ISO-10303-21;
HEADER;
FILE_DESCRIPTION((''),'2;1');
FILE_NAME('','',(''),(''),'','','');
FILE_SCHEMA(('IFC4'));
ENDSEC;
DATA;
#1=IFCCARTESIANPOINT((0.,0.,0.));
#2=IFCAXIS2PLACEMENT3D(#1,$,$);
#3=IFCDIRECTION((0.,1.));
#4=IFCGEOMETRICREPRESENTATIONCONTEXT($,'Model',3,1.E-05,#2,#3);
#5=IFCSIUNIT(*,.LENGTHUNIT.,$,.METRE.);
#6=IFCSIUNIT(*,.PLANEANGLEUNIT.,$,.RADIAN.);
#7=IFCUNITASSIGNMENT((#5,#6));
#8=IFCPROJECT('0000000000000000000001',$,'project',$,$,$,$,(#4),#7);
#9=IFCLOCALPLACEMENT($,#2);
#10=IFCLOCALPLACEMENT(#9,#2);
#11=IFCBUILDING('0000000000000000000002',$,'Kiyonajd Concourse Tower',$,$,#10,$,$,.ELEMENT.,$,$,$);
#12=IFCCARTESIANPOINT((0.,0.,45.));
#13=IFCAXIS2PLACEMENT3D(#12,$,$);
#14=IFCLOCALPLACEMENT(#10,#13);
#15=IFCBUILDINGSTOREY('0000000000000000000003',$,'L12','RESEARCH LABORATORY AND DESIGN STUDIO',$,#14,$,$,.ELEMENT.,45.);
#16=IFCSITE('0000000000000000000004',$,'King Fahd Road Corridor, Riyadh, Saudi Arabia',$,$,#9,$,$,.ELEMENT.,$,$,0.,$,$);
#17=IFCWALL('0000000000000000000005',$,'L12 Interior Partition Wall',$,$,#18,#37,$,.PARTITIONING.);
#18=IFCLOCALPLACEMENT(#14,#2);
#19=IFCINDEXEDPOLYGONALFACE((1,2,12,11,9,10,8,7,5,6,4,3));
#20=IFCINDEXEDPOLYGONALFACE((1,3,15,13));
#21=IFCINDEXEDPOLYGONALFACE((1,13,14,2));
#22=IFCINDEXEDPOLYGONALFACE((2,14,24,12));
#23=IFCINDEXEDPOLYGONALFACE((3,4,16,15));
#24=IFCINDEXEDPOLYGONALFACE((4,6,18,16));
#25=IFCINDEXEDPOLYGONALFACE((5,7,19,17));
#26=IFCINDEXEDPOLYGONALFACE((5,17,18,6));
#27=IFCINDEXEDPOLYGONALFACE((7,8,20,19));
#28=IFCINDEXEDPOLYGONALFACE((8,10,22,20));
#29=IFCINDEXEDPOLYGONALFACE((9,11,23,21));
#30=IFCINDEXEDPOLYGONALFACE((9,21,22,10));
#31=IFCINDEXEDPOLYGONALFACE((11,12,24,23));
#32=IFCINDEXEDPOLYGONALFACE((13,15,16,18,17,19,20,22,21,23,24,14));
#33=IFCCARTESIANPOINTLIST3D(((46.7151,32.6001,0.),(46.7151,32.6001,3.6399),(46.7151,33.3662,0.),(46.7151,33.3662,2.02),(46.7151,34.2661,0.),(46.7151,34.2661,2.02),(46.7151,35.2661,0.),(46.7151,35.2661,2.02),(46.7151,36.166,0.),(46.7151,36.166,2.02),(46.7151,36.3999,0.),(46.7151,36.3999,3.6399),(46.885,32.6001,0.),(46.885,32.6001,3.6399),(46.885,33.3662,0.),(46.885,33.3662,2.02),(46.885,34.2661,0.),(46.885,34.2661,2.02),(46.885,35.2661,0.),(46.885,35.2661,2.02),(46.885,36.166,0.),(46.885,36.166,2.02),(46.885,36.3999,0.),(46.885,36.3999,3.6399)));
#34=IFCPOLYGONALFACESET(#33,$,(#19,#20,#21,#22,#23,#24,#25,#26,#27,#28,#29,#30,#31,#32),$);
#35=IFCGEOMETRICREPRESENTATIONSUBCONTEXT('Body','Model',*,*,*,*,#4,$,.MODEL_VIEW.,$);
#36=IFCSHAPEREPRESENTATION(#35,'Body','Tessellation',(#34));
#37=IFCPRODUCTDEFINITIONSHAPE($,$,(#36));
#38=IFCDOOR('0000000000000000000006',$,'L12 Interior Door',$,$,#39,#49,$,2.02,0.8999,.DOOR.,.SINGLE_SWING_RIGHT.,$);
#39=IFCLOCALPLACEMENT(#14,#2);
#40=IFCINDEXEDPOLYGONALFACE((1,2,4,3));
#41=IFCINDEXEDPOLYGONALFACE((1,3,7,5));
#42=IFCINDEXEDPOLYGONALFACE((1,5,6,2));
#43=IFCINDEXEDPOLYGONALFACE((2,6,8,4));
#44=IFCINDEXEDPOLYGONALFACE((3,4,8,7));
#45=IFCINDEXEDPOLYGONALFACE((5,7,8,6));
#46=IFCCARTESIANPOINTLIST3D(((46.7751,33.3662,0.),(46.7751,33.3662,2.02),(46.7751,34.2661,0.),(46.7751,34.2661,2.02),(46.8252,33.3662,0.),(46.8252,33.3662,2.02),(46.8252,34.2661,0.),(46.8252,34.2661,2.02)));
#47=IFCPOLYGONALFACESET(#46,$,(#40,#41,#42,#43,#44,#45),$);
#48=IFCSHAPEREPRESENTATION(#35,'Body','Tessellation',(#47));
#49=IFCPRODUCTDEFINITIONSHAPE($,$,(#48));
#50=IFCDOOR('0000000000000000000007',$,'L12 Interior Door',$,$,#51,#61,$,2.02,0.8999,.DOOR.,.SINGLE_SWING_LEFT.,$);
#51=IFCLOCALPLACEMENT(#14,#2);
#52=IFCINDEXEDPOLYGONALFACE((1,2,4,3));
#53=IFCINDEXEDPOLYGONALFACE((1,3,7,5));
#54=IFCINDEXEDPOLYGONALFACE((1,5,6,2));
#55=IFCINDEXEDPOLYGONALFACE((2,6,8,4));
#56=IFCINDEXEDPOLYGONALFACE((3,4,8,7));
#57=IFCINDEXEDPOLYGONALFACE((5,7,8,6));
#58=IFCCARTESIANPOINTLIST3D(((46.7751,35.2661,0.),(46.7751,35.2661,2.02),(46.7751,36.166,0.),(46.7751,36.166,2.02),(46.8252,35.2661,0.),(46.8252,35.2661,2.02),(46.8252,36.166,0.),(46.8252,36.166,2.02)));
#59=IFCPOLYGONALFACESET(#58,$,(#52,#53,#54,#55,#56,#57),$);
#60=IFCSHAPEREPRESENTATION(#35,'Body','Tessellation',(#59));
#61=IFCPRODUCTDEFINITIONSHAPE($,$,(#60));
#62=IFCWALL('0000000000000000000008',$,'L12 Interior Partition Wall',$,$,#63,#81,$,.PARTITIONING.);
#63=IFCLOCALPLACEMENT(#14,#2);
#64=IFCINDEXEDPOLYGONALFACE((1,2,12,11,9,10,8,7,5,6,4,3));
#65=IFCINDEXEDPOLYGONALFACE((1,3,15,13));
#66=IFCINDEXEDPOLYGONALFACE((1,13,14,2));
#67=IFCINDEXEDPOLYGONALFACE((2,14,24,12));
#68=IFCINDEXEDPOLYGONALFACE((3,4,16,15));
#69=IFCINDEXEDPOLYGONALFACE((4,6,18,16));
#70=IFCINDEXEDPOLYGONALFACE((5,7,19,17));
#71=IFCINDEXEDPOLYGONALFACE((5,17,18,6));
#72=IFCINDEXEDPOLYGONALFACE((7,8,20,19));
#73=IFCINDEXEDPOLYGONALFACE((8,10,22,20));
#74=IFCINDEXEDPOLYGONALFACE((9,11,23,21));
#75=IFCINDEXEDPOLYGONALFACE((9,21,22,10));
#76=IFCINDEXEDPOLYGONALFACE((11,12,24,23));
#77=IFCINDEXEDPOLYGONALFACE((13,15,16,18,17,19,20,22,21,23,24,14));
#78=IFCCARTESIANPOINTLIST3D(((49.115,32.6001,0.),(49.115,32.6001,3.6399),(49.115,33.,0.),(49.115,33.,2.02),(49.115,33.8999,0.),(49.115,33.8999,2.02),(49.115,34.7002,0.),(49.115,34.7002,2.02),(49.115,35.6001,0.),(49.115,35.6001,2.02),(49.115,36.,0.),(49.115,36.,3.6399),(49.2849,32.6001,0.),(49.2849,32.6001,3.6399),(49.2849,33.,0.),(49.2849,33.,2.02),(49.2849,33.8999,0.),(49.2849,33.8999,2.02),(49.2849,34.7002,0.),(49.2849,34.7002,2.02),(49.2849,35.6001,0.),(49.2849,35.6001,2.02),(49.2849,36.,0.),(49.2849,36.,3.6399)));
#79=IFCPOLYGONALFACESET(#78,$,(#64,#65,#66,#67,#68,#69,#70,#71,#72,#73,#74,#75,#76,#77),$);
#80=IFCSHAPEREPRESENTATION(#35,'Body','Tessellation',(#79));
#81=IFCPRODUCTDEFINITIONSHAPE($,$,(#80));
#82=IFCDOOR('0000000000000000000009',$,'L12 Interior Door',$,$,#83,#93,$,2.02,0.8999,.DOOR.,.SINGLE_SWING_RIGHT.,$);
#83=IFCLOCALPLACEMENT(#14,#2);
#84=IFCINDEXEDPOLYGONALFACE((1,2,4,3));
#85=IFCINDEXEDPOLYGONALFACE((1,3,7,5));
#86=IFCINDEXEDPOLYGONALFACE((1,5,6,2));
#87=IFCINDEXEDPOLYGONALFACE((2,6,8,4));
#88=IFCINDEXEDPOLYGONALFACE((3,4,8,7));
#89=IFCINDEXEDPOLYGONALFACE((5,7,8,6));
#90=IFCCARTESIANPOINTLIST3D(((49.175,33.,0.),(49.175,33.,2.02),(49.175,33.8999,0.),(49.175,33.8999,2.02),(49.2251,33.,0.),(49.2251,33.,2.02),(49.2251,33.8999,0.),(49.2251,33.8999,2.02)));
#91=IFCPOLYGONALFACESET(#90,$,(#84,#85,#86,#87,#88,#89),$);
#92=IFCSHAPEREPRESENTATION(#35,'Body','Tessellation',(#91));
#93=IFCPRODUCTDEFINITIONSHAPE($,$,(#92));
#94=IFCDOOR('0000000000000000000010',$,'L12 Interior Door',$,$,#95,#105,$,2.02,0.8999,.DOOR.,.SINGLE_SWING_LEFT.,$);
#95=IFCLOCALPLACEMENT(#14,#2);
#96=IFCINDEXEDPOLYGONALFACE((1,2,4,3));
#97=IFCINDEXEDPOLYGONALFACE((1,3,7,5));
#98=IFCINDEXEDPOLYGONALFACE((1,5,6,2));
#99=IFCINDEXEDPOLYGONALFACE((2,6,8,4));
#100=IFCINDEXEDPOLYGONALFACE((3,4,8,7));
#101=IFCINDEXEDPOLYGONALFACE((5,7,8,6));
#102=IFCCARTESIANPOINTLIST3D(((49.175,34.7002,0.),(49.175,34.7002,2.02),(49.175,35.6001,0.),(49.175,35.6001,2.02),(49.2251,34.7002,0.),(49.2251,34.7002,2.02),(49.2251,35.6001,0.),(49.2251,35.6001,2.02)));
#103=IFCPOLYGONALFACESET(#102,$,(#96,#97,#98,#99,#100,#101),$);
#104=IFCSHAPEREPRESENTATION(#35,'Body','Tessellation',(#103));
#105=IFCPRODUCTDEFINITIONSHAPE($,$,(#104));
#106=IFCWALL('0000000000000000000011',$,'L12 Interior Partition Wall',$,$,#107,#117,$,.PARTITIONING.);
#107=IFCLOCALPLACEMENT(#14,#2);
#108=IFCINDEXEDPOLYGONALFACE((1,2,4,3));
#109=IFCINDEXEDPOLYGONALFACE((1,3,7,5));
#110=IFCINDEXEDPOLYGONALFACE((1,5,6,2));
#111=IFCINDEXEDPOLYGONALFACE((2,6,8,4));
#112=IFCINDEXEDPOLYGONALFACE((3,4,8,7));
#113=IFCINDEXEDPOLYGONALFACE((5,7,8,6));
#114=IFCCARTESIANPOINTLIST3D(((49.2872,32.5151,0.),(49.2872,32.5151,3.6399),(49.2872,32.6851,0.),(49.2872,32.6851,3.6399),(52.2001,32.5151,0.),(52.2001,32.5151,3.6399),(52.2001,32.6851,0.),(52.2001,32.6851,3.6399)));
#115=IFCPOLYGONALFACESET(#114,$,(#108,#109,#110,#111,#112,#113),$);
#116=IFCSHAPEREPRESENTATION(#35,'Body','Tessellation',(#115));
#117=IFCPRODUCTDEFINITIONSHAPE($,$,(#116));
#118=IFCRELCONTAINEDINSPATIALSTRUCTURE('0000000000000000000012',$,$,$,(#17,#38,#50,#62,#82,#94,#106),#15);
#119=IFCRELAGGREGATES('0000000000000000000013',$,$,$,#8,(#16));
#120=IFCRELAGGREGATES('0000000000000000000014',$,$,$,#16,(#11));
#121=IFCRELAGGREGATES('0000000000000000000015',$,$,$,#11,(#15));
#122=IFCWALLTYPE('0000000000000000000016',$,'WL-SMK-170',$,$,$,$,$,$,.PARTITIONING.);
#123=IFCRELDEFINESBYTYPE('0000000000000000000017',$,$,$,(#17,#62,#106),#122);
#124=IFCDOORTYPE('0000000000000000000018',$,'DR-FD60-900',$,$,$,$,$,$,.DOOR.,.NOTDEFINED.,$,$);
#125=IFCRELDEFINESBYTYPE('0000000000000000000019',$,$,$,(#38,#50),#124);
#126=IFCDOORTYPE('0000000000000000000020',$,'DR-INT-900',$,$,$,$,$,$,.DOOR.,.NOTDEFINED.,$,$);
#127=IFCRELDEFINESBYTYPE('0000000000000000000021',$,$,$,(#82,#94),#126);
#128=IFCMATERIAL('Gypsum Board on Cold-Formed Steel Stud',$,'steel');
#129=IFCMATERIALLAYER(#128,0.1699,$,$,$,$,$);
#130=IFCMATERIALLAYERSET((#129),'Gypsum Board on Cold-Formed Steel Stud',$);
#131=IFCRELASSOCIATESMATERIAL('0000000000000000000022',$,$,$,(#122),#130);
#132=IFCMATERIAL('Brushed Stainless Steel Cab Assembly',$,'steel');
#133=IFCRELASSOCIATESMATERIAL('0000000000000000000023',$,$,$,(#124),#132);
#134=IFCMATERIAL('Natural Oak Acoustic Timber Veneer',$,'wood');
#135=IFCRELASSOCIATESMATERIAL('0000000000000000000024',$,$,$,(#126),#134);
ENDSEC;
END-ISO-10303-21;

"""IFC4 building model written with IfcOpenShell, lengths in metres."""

from ifc_helpers import new_model, si_unit, direction, frame, frame_2d, origin, place, context, subcontext, project, spatial, rectangle, extrude, material, layer, layer_set, type_object, element, fill, save


model = new_model("IFC4")

# Units and contexts
model_context = context("Model", 3, precision=1e-05, world=origin(), true_north=direction((0.0, 1.0)))
body_context = subcontext(model_context, "Body", "Model", "MODEL_VIEW")
ifc_project = project(units=[si_unit("LENGTHUNIT", "METRE"), si_unit("PLANEANGLEUNIT", "RADIAN")], contexts=[model_context])

# Site, building, storey
site_placement = place(None, origin())
site = spatial("IfcSite", under=ifc_project, at=site_placement, Name="King Fahd Road Corridor, Riyadh, Saudi Arabia", CompositionType="ELEMENT", RefElevation=0.0)
building_placement = place(site_placement, origin())
building = spatial("IfcBuilding", under=site, at=building_placement, Name="Kiyonajd Concourse Tower", CompositionType="ELEMENT")
storey_placement = place(building_placement, frame((0.0, 0.0, 45.0)))
storey = spatial("IfcBuildingStorey", under=building, at=storey_placement, Name="L12", Description="RESEARCH LABORATORY AND DESIGN STUDIO", CompositionType="ELEMENT", Elevation=45.0)

# Shared definitions
ifc_material_1 = material(Name="Gypsum Board on Cold-Formed Steel Stud", Category="steel")

# Shared definitions
ifc_material_2 = material(Name="Brushed Stainless Steel Cab Assembly", Category="steel")

# Walls, openings, doors
ifc_layer_1 = layer(ifc_material_1, 0.1699)
ifc_layer_set_1 = layer_set([ifc_layer_1], Name="Gypsum Board on Cold-Formed Steel Stud")
wall_type_1 = type_object("IfcWallType", Name="WL-SMK-170", PredefinedType="PARTITIONING", material=ifc_layer_set_1)
wall_1_placement = place(storey_placement, frame((46.8, 32.6001, 0.0), z_axis=(0.0, 0.0, 1.0), x_axis=(0.0, 1.0, 0.0)))
wall_1 = element("IfcWall", 1, at=wall_1_placement, inside=storey, type_object=wall_type_1, Name="L12 Interior Partition Wall", PredefinedType="PARTITIONING", context=body_context, shape_type="SweptSolid", body=[
    extrude(rectangle(XDim=3.7998, YDim=0.1699, at=frame_2d((1.8999, 0.0))), origin(), (0.0, 0.0, 1.0), 3.6399),
])
opening_1_placement = place(wall_1_placement, frame((0.7661, 0.0, 0.0)))
opening_1 = element("IfcOpeningElement", 2, at=opening_1_placement, cuts=wall_1, PredefinedType="OPENING", context=body_context, shape_type="SweptSolid", body=[
    extrude(rectangle(XDim=0.8999, YDim=2.02, at=frame_2d((0.45, 1.01))), frame((0.0, 0.095, 0.0), z_axis=(0.0, -1.0, 0.0), x_axis=(1.0, 0.0, 0.0)), (0.0, 0.0, 1.0), 0.1899),
])
opening_2_placement = place(wall_1_placement, frame((2.666, 0.0, 0.0)))
opening_2 = element("IfcOpeningElement", 3, at=opening_2_placement, cuts=wall_1, PredefinedType="OPENING", context=body_context, shape_type="SweptSolid", body=[
    extrude(rectangle(XDim=0.8999, YDim=2.02, at=frame_2d((0.45, 1.01))), frame((0.0, 0.095, 0.0), z_axis=(0.0, -1.0, 0.0), x_axis=(1.0, 0.0, 0.0)), (0.0, 0.0, 1.0), 0.1899),
])
door_type_1 = type_object("IfcDoorType", Name="DR-FD60-900", OperationType="NOTDEFINED", PredefinedType="DOOR", material=ifc_material_2)
door_1_placement = place(opening_1_placement, origin())
door_1 = element("IfcDoor", 4, at=door_1_placement, inside=storey, type_object=door_type_1, Name="L12 Interior Door", OperationType="SINGLE_SWING_RIGHT", OverallHeight=2.02, OverallWidth=0.8999, PredefinedType="DOOR", context=body_context, shape_type="SweptSolid", body=[
    extrude(rectangle(XDim=0.8999, YDim=2.02, at=frame_2d((0.45, 1.01))), frame((0.0, 0.0249, 0.0), z_axis=(0.0, -1.0, 0.0), x_axis=(1.0, 0.0, 0.0)), (0.0, 0.0, 1.0), 0.05),
])
fill(opening_1, door_1)
door_2_placement = place(opening_2_placement, origin())
door_2 = element("IfcDoor", 5, at=door_2_placement, inside=storey, type_object=door_type_1, Name="L12 Interior Door", OperationType="SINGLE_SWING_LEFT", OverallHeight=2.02, OverallWidth=0.8999, PredefinedType="DOOR", context=body_context, shape_type="SweptSolid", body=[
    extrude(rectangle(XDim=0.8999, YDim=2.02, at=frame_2d((0.45, 1.01))), frame((0.0, 0.0249, 0.0), z_axis=(0.0, -1.0, 0.0), x_axis=(1.0, 0.0, 0.0)), (0.0, 0.0, 1.0), 0.05),
])
fill(opening_2, door_2)
wall_2_placement = place(storey_placement, frame((49.2, 32.6001, 0.0), z_axis=(0.0, 0.0, 1.0), x_axis=(0.0, 1.0, 0.0)))
wall_2 = element("IfcWall", 6, at=wall_2_placement, inside=storey, type_object=wall_type_1, Name="L12 Interior Partition Wall", PredefinedType="PARTITIONING", context=body_context, shape_type="SweptSolid", body=[
    extrude(rectangle(XDim=3.3999, YDim=0.1699, at=frame_2d((1.7, 0.0))), origin(), (0.0, 0.0, 1.0), 3.6399),
])
opening_3_placement = place(wall_2_placement, frame((0.3999, 0.0, 0.0)))
opening_3 = element("IfcOpeningElement", 7, at=opening_3_placement, cuts=wall_2, PredefinedType="OPENING", context=body_context, shape_type="SweptSolid", body=[
    extrude(rectangle(XDim=0.8999, YDim=2.02, at=frame_2d((0.45, 1.01))), frame((0.0, 0.095, 0.0), z_axis=(0.0, -1.0, 0.0), x_axis=(1.0, 0.0, 0.0)), (0.0, 0.0, 1.0), 0.1899),
])
opening_4_placement = place(wall_2_placement, frame((2.1001, 0.0, 0.0)))
opening_4 = element("IfcOpeningElement", 8, at=opening_4_placement, cuts=wall_2, PredefinedType="OPENING", context=body_context, shape_type="SweptSolid", body=[
    extrude(rectangle(XDim=0.8999, YDim=2.02, at=frame_2d((0.45, 1.01))), frame((0.0, 0.095, 0.0), z_axis=(0.0, -1.0, 0.0), x_axis=(1.0, 0.0, 0.0)), (0.0, 0.0, 1.0), 0.1899),
])
ifc_material_3 = material(Name="Natural Oak Acoustic Timber Veneer", Category="wood")
door_type_2 = type_object("IfcDoorType", Name="DR-INT-900", OperationType="NOTDEFINED", PredefinedType="DOOR", material=ifc_material_3)
door_3_placement = place(opening_3_placement, origin())
door_3 = element("IfcDoor", 9, at=door_3_placement, inside=storey, type_object=door_type_2, Name="L12 Interior Door", OperationType="SINGLE_SWING_RIGHT", OverallHeight=2.02, OverallWidth=0.8999, PredefinedType="DOOR", context=body_context, shape_type="SweptSolid", body=[
    extrude(rectangle(XDim=0.8999, YDim=2.02, at=frame_2d((0.45, 1.01))), frame((0.0, 0.0249, 0.0), z_axis=(0.0, -1.0, 0.0), x_axis=(1.0, 0.0, 0.0)), (0.0, 0.0, 1.0), 0.05),
])
fill(opening_3, door_3)
door_4_placement = place(opening_4_placement, origin())
door_4 = element("IfcDoor", 10, at=door_4_placement, inside=storey, type_object=door_type_2, Name="L12 Interior Door", OperationType="SINGLE_SWING_LEFT", OverallHeight=2.02, OverallWidth=0.8999, PredefinedType="DOOR", context=body_context, shape_type="SweptSolid", body=[
    extrude(rectangle(XDim=0.8999, YDim=2.02, at=frame_2d((0.45, 1.01))), frame((0.0, 0.0249, 0.0), z_axis=(0.0, -1.0, 0.0), x_axis=(1.0, 0.0, 0.0)), (0.0, 0.0, 1.0), 0.05),
])
fill(opening_4, door_4)

# Wall
wall_3_placement = place(storey_placement, frame((49.2871, 32.6001, 0.0), z_axis=(0.0, 0.0, 1.0), x_axis=(1.0, 0.0, 0.0)))
element("IfcWall", 11, at=wall_3_placement, inside=storey, type_object=wall_type_1, Name="L12 Interior Partition Wall", PredefinedType="PARTITIONING", context=body_context, shape_type="SweptSolid", body=[
    extrude(rectangle(XDim=2.9128, YDim=0.1699, at=frame_2d((1.4565, 0.0))), origin(), (0.0, 0.0, 1.0), 3.6399),
])

save(model, "model.ifc")
